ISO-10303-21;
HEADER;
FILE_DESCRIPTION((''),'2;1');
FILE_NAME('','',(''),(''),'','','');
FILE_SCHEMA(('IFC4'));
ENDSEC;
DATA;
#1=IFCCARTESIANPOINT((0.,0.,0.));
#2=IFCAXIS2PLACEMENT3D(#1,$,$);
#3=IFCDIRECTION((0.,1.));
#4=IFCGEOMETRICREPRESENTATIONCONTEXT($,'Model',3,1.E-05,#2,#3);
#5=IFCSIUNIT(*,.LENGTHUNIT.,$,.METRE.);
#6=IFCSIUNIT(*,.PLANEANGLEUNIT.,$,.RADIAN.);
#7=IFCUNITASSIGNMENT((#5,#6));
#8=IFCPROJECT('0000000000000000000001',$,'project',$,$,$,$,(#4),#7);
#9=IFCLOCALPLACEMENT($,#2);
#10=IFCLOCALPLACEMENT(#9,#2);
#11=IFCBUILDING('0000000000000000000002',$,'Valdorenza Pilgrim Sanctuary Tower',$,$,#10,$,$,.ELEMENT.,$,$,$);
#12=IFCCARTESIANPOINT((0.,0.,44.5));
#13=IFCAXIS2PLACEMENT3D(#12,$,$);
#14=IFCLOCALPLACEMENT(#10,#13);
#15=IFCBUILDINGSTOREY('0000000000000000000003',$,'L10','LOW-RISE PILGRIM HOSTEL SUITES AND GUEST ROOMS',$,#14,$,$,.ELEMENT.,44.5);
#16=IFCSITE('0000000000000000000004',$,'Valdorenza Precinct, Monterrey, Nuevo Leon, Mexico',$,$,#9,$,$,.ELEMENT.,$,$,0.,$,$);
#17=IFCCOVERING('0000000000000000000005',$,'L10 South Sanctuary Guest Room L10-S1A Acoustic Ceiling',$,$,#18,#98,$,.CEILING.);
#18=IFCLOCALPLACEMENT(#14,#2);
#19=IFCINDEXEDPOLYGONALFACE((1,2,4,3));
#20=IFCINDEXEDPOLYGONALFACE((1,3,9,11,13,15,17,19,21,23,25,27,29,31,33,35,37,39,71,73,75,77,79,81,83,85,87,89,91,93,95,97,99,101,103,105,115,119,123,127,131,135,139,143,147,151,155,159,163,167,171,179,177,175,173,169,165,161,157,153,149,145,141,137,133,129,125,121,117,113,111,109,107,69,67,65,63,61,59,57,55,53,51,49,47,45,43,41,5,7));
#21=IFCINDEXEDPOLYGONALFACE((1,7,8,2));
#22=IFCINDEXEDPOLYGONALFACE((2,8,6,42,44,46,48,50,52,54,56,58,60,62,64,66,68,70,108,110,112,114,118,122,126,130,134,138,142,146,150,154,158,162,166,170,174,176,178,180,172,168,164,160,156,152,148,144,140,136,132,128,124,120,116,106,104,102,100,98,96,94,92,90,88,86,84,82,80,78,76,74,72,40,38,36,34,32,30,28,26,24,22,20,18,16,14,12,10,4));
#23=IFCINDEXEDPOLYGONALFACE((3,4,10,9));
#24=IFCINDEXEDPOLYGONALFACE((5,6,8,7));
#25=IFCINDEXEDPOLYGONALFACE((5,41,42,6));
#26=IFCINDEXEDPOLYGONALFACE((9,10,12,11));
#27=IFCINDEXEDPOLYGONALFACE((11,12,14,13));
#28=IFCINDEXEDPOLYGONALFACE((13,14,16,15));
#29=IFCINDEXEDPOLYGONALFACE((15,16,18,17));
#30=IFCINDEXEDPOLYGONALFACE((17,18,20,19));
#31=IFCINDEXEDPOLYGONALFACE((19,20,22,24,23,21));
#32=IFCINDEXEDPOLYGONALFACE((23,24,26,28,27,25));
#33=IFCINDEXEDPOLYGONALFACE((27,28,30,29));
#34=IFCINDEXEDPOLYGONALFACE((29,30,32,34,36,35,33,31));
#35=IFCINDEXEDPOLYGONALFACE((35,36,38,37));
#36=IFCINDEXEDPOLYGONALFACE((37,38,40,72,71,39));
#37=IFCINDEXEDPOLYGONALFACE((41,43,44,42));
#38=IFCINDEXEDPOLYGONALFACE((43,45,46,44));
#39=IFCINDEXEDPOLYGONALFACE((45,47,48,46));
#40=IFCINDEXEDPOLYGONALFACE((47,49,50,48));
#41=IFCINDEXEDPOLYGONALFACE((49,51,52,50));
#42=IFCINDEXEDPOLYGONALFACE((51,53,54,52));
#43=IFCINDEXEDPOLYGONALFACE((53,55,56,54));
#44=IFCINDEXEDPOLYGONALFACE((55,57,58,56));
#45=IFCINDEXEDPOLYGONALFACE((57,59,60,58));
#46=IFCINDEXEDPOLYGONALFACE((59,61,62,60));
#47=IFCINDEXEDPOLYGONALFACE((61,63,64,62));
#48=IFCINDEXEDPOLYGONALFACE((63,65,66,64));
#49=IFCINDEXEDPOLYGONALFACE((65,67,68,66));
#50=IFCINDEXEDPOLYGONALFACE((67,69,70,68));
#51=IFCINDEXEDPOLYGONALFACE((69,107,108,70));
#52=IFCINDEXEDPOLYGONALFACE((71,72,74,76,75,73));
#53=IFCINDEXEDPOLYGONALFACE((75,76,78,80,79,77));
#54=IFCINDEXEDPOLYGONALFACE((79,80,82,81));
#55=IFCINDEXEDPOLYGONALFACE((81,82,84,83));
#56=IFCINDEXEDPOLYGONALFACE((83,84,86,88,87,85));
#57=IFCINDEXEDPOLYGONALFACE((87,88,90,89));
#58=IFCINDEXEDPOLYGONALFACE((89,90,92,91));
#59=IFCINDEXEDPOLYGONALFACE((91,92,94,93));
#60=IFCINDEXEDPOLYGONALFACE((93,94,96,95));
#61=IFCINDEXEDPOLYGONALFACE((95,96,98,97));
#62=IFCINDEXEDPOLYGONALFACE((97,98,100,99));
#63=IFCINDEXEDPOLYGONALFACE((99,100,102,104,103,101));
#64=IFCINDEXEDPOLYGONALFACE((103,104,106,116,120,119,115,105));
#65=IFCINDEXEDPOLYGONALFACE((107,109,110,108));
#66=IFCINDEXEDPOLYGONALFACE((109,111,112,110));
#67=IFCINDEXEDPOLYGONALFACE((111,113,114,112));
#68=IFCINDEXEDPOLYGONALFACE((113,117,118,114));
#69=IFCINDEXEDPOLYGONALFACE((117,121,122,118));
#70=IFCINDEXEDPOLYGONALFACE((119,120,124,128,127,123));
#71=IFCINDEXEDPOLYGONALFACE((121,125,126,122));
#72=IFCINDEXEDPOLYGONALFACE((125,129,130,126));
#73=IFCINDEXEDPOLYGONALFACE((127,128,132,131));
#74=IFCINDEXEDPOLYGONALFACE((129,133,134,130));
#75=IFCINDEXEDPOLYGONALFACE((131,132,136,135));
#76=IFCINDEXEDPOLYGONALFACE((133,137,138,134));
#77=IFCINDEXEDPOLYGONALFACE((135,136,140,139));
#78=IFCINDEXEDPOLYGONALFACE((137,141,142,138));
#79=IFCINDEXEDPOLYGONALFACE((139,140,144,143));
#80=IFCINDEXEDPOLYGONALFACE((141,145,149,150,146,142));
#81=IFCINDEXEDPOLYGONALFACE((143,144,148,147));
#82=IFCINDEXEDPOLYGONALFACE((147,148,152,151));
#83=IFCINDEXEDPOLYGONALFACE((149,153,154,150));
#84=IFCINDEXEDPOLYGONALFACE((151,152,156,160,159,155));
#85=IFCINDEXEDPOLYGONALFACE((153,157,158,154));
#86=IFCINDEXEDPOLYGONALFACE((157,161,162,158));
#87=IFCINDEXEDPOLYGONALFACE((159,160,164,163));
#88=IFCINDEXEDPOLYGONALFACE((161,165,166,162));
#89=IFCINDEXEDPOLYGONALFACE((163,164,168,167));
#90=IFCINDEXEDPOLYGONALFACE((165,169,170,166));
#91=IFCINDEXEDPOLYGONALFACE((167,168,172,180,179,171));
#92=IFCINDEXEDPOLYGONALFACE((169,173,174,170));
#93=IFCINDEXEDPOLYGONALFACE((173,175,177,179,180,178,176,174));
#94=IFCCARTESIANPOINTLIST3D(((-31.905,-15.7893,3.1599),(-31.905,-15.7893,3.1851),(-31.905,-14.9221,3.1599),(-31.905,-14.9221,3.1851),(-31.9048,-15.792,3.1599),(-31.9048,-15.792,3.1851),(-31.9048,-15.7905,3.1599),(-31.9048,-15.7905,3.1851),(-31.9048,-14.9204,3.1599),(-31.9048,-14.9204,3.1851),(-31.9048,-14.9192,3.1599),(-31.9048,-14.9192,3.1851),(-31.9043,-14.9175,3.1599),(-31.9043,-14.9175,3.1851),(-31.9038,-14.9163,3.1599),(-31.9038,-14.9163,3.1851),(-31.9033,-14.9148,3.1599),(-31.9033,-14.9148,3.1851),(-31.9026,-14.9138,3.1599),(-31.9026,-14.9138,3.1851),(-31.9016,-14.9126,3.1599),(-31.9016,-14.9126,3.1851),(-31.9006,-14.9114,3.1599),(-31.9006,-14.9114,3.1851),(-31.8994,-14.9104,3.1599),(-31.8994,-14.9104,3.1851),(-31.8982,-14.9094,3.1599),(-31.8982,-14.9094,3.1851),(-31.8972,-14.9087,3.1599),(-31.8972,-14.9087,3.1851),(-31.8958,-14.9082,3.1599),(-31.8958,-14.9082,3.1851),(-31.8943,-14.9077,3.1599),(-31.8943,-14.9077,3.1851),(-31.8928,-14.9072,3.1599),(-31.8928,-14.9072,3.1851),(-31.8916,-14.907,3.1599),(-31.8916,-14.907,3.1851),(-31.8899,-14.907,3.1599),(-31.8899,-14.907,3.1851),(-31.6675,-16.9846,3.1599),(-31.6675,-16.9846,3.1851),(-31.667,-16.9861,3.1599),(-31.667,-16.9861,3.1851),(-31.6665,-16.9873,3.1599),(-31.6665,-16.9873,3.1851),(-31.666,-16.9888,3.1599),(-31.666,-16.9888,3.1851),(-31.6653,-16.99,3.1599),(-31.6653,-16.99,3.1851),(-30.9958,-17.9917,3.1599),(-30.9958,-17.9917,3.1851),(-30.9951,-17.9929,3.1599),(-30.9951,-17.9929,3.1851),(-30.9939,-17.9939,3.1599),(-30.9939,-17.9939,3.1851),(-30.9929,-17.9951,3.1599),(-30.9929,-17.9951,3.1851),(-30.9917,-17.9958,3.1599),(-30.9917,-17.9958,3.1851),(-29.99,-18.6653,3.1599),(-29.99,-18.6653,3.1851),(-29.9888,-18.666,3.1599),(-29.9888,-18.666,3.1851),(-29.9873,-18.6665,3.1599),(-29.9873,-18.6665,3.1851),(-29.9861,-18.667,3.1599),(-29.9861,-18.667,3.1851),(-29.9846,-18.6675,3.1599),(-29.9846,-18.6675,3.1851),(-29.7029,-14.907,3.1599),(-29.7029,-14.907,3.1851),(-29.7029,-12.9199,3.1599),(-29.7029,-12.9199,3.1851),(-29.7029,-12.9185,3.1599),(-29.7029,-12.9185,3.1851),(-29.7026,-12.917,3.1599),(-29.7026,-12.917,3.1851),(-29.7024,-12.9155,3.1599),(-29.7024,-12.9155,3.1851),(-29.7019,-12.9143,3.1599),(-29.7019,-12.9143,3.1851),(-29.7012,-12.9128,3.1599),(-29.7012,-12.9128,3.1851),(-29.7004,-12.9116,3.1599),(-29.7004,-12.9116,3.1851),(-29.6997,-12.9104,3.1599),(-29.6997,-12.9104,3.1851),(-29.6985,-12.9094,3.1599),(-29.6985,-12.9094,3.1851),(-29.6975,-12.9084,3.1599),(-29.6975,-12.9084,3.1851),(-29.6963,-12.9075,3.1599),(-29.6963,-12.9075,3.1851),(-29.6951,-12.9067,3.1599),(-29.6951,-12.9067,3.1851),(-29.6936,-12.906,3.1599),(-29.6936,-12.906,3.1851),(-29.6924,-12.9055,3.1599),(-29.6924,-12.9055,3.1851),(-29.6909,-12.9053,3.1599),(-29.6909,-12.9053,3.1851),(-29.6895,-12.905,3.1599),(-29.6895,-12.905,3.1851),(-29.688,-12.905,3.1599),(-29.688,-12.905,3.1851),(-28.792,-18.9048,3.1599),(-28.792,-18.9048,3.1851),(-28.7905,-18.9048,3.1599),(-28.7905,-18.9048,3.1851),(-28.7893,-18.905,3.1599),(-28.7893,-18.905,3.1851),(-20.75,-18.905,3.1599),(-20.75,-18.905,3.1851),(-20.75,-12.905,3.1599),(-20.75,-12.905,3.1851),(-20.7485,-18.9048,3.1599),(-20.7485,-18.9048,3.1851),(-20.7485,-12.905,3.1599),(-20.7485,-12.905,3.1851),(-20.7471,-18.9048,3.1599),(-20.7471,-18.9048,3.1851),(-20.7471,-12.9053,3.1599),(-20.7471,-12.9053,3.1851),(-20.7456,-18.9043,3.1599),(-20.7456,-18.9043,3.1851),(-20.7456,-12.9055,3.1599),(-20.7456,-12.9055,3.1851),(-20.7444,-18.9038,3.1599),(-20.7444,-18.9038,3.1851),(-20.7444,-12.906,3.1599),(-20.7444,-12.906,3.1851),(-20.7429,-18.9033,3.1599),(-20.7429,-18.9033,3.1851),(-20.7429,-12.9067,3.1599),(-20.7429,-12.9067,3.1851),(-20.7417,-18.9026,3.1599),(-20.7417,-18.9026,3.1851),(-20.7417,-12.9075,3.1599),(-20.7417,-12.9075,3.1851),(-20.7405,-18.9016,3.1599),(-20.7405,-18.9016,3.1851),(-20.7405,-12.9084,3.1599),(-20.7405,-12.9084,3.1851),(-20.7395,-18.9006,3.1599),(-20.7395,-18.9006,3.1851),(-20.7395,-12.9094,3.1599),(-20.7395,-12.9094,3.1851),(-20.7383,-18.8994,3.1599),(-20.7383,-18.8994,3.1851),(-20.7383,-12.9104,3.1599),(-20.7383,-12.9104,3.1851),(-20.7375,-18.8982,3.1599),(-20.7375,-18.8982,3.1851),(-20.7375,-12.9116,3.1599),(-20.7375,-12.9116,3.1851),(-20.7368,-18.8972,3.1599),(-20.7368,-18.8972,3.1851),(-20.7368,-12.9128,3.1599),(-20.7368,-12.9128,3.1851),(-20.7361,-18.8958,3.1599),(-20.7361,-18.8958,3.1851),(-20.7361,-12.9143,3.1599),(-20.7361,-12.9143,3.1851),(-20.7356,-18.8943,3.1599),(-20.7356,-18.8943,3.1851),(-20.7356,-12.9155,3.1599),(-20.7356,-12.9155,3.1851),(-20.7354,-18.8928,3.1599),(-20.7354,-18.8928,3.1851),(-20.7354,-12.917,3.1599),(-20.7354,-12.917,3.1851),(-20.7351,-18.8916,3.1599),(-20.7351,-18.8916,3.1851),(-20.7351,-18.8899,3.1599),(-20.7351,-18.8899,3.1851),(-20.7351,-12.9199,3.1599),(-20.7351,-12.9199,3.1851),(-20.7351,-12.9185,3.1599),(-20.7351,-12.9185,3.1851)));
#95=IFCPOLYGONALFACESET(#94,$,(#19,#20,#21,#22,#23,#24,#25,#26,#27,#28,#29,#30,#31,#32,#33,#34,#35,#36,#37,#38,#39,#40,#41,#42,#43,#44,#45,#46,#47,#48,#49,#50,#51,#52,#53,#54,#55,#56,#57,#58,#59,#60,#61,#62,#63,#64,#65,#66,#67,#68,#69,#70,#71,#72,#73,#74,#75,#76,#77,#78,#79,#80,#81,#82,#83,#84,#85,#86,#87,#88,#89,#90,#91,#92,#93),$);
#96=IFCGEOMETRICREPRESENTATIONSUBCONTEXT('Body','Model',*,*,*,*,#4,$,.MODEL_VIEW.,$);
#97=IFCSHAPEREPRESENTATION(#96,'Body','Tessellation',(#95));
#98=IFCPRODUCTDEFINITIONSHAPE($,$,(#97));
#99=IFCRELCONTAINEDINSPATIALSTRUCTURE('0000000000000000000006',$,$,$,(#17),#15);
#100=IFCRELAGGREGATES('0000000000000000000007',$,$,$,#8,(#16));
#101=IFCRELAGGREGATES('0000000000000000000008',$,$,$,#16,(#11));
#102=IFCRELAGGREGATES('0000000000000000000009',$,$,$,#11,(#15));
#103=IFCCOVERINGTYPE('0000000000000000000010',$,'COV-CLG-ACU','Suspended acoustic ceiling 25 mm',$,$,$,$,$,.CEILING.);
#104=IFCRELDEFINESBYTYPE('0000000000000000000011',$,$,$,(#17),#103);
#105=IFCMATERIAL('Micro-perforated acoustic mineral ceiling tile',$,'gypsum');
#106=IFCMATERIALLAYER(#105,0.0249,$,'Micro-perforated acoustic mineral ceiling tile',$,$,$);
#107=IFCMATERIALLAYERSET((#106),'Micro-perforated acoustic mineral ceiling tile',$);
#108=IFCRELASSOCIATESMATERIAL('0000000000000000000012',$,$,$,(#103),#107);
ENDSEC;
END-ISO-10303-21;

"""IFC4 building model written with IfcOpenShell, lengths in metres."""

from ifc_helpers import new_model, si_unit, direction, frame, origin, place, context, subcontext, project, spatial, polyline, outline, extrude, material, layer, layer_set, type_object, element, save


model = new_model("IFC4")

# Units and contexts
model_context = context("Model", 3, precision=1e-05, world=origin(), true_north=direction((0.0, 1.0)))
body_context = subcontext(model_context, "Body", "Model", "MODEL_VIEW")
ifc_project = project(units=[si_unit("LENGTHUNIT", "METRE"), si_unit("PLANEANGLEUNIT", "RADIAN")], contexts=[model_context])

# Site, building, storey
site_placement = place(None, origin())
site = spatial("IfcSite", under=ifc_project, at=site_placement, Name="Valdorenza Precinct, Monterrey, Nuevo Leon, Mexico", CompositionType="ELEMENT", RefElevation=0.0)
building_placement = place(site_placement, origin())
building = spatial("IfcBuilding", under=site, at=building_placement, Name="Valdorenza Pilgrim Sanctuary Tower", CompositionType="ELEMENT")
storey_placement = place(building_placement, frame((0.0, 0.0, 44.5)))
storey = spatial("IfcBuildingStorey", under=building, at=storey_placement, Name="L10", Description="LOW-RISE PILGRIM HOSTEL SUITES AND GUEST ROOMS", CompositionType="ELEMENT", Elevation=44.5)

# Covering
ifc_material_1 = material(Name="Micro-perforated acoustic mineral ceiling tile", Category="gypsum")
ifc_layer_1 = layer(ifc_material_1, 0.0249, Name="Micro-perforated acoustic mineral ceiling tile")
ifc_layer_set_1 = layer_set([ifc_layer_1], Name="Micro-perforated acoustic mineral ceiling tile")
covering_type_1 = type_object("IfcCoveringType", Name="COV-CLG-ACU", Description="Suspended acoustic ceiling 25 mm", PredefinedType="CEILING", material=ifc_layer_set_1)
covering_1_placement = place(storey_placement, frame((0.0, 0.0, 3.1599)))
element("IfcCovering", 1, at=covering_1_placement, inside=storey, type_object=covering_type_1, Name="L10 South Sanctuary Guest Room L10-S1A Acoustic Ceiling", PredefinedType="CEILING", context=body_context, shape_type="SweptSolid", body=[
    extrude(outline(polyline([(-29.7029, -14.907), (-29.7029, -12.9199), (-29.7029, -12.9185), (-29.7026, -12.917), (-29.7024, -12.9155), (-29.7019, -12.9143), (-29.7012, -12.9128), (-29.7004, -12.9116), (-29.6997, -12.9104), (-29.6985, -12.9094), (-29.6975, -12.9084), (-29.6963, -12.9075), (-29.6951, -12.9067), (-29.6936, -12.906), (-29.6924, -12.9055), (-29.6909, -12.9053), (-29.6895, -12.905), (-29.688, -12.905), (-20.75, -12.905), (-20.7485, -12.905), (-20.7471, -12.9053), (-20.7456, -12.9055), (-20.7444, -12.906), (-20.7429, -12.9067), (-20.7417, -12.9075), (-20.7405, -12.9084), (-20.7395, -12.9094), (-20.7383, -12.9104), (-20.7375, -12.9116), (-20.7368, -12.9128), (-20.7361, -12.9143), (-20.7356, -12.9155), (-20.7354, -12.917), (-20.7351, -12.9185), (-20.7351, -12.9199), (-20.7351, -18.8899), (-20.7351, -18.8916), (-20.7354, -18.8928), (-20.7356, -18.8943), (-20.7361, -18.8958), (-20.7368, -18.8972), (-20.7375, -18.8982), (-20.7383, -18.8994), (-20.7395, -18.9006), (-20.7405, -18.9016), (-20.7417, -18.9026), (-20.7429, -18.9033), (-20.7444, -18.9038), (-20.7456, -18.9043), (-20.7471, -18.9048), (-20.7485, -18.9048), (-20.75, -18.905), (-28.7893, -18.905), (-28.7905, -18.9048), (-28.792, -18.9048), (-29.9846, -18.6675), (-29.9861, -18.667), (-29.9873, -18.6665), (-29.9888, -18.666), (-29.99, -18.6653), (-30.9917, -17.9958), (-30.9929, -17.9951), (-30.9939, -17.9939), (-30.9951, -17.9929), (-30.9958, -17.9917), (-31.6653, -16.99), (-31.666, -16.9888), (-31.6665, -16.9873), (-31.667, -16.9861), (-31.6675, -16.9846), (-31.9048, -15.792), (-31.9048, -15.7905), (-31.905, -15.7893), (-31.905, -14.9221), (-31.9048, -14.9204), (-31.9048, -14.9192), (-31.9043, -14.9175), (-31.9038, -14.9163), (-31.9033, -14.9148), (-31.9026, -14.9138), (-31.9016, -14.9126), (-31.9006, -14.9114), (-31.8994, -14.9104), (-31.8982, -14.9094), (-31.8972, -14.9087), (-31.8958, -14.9082), (-31.8943, -14.9077), (-31.8928, -14.9072), (-31.8916, -14.907), (-31.8899, -14.907), (-29.7029, -14.907)])), origin(), (0.0, 0.0, 1.0), 0.0251),
])

save(model, "model.ifc")
